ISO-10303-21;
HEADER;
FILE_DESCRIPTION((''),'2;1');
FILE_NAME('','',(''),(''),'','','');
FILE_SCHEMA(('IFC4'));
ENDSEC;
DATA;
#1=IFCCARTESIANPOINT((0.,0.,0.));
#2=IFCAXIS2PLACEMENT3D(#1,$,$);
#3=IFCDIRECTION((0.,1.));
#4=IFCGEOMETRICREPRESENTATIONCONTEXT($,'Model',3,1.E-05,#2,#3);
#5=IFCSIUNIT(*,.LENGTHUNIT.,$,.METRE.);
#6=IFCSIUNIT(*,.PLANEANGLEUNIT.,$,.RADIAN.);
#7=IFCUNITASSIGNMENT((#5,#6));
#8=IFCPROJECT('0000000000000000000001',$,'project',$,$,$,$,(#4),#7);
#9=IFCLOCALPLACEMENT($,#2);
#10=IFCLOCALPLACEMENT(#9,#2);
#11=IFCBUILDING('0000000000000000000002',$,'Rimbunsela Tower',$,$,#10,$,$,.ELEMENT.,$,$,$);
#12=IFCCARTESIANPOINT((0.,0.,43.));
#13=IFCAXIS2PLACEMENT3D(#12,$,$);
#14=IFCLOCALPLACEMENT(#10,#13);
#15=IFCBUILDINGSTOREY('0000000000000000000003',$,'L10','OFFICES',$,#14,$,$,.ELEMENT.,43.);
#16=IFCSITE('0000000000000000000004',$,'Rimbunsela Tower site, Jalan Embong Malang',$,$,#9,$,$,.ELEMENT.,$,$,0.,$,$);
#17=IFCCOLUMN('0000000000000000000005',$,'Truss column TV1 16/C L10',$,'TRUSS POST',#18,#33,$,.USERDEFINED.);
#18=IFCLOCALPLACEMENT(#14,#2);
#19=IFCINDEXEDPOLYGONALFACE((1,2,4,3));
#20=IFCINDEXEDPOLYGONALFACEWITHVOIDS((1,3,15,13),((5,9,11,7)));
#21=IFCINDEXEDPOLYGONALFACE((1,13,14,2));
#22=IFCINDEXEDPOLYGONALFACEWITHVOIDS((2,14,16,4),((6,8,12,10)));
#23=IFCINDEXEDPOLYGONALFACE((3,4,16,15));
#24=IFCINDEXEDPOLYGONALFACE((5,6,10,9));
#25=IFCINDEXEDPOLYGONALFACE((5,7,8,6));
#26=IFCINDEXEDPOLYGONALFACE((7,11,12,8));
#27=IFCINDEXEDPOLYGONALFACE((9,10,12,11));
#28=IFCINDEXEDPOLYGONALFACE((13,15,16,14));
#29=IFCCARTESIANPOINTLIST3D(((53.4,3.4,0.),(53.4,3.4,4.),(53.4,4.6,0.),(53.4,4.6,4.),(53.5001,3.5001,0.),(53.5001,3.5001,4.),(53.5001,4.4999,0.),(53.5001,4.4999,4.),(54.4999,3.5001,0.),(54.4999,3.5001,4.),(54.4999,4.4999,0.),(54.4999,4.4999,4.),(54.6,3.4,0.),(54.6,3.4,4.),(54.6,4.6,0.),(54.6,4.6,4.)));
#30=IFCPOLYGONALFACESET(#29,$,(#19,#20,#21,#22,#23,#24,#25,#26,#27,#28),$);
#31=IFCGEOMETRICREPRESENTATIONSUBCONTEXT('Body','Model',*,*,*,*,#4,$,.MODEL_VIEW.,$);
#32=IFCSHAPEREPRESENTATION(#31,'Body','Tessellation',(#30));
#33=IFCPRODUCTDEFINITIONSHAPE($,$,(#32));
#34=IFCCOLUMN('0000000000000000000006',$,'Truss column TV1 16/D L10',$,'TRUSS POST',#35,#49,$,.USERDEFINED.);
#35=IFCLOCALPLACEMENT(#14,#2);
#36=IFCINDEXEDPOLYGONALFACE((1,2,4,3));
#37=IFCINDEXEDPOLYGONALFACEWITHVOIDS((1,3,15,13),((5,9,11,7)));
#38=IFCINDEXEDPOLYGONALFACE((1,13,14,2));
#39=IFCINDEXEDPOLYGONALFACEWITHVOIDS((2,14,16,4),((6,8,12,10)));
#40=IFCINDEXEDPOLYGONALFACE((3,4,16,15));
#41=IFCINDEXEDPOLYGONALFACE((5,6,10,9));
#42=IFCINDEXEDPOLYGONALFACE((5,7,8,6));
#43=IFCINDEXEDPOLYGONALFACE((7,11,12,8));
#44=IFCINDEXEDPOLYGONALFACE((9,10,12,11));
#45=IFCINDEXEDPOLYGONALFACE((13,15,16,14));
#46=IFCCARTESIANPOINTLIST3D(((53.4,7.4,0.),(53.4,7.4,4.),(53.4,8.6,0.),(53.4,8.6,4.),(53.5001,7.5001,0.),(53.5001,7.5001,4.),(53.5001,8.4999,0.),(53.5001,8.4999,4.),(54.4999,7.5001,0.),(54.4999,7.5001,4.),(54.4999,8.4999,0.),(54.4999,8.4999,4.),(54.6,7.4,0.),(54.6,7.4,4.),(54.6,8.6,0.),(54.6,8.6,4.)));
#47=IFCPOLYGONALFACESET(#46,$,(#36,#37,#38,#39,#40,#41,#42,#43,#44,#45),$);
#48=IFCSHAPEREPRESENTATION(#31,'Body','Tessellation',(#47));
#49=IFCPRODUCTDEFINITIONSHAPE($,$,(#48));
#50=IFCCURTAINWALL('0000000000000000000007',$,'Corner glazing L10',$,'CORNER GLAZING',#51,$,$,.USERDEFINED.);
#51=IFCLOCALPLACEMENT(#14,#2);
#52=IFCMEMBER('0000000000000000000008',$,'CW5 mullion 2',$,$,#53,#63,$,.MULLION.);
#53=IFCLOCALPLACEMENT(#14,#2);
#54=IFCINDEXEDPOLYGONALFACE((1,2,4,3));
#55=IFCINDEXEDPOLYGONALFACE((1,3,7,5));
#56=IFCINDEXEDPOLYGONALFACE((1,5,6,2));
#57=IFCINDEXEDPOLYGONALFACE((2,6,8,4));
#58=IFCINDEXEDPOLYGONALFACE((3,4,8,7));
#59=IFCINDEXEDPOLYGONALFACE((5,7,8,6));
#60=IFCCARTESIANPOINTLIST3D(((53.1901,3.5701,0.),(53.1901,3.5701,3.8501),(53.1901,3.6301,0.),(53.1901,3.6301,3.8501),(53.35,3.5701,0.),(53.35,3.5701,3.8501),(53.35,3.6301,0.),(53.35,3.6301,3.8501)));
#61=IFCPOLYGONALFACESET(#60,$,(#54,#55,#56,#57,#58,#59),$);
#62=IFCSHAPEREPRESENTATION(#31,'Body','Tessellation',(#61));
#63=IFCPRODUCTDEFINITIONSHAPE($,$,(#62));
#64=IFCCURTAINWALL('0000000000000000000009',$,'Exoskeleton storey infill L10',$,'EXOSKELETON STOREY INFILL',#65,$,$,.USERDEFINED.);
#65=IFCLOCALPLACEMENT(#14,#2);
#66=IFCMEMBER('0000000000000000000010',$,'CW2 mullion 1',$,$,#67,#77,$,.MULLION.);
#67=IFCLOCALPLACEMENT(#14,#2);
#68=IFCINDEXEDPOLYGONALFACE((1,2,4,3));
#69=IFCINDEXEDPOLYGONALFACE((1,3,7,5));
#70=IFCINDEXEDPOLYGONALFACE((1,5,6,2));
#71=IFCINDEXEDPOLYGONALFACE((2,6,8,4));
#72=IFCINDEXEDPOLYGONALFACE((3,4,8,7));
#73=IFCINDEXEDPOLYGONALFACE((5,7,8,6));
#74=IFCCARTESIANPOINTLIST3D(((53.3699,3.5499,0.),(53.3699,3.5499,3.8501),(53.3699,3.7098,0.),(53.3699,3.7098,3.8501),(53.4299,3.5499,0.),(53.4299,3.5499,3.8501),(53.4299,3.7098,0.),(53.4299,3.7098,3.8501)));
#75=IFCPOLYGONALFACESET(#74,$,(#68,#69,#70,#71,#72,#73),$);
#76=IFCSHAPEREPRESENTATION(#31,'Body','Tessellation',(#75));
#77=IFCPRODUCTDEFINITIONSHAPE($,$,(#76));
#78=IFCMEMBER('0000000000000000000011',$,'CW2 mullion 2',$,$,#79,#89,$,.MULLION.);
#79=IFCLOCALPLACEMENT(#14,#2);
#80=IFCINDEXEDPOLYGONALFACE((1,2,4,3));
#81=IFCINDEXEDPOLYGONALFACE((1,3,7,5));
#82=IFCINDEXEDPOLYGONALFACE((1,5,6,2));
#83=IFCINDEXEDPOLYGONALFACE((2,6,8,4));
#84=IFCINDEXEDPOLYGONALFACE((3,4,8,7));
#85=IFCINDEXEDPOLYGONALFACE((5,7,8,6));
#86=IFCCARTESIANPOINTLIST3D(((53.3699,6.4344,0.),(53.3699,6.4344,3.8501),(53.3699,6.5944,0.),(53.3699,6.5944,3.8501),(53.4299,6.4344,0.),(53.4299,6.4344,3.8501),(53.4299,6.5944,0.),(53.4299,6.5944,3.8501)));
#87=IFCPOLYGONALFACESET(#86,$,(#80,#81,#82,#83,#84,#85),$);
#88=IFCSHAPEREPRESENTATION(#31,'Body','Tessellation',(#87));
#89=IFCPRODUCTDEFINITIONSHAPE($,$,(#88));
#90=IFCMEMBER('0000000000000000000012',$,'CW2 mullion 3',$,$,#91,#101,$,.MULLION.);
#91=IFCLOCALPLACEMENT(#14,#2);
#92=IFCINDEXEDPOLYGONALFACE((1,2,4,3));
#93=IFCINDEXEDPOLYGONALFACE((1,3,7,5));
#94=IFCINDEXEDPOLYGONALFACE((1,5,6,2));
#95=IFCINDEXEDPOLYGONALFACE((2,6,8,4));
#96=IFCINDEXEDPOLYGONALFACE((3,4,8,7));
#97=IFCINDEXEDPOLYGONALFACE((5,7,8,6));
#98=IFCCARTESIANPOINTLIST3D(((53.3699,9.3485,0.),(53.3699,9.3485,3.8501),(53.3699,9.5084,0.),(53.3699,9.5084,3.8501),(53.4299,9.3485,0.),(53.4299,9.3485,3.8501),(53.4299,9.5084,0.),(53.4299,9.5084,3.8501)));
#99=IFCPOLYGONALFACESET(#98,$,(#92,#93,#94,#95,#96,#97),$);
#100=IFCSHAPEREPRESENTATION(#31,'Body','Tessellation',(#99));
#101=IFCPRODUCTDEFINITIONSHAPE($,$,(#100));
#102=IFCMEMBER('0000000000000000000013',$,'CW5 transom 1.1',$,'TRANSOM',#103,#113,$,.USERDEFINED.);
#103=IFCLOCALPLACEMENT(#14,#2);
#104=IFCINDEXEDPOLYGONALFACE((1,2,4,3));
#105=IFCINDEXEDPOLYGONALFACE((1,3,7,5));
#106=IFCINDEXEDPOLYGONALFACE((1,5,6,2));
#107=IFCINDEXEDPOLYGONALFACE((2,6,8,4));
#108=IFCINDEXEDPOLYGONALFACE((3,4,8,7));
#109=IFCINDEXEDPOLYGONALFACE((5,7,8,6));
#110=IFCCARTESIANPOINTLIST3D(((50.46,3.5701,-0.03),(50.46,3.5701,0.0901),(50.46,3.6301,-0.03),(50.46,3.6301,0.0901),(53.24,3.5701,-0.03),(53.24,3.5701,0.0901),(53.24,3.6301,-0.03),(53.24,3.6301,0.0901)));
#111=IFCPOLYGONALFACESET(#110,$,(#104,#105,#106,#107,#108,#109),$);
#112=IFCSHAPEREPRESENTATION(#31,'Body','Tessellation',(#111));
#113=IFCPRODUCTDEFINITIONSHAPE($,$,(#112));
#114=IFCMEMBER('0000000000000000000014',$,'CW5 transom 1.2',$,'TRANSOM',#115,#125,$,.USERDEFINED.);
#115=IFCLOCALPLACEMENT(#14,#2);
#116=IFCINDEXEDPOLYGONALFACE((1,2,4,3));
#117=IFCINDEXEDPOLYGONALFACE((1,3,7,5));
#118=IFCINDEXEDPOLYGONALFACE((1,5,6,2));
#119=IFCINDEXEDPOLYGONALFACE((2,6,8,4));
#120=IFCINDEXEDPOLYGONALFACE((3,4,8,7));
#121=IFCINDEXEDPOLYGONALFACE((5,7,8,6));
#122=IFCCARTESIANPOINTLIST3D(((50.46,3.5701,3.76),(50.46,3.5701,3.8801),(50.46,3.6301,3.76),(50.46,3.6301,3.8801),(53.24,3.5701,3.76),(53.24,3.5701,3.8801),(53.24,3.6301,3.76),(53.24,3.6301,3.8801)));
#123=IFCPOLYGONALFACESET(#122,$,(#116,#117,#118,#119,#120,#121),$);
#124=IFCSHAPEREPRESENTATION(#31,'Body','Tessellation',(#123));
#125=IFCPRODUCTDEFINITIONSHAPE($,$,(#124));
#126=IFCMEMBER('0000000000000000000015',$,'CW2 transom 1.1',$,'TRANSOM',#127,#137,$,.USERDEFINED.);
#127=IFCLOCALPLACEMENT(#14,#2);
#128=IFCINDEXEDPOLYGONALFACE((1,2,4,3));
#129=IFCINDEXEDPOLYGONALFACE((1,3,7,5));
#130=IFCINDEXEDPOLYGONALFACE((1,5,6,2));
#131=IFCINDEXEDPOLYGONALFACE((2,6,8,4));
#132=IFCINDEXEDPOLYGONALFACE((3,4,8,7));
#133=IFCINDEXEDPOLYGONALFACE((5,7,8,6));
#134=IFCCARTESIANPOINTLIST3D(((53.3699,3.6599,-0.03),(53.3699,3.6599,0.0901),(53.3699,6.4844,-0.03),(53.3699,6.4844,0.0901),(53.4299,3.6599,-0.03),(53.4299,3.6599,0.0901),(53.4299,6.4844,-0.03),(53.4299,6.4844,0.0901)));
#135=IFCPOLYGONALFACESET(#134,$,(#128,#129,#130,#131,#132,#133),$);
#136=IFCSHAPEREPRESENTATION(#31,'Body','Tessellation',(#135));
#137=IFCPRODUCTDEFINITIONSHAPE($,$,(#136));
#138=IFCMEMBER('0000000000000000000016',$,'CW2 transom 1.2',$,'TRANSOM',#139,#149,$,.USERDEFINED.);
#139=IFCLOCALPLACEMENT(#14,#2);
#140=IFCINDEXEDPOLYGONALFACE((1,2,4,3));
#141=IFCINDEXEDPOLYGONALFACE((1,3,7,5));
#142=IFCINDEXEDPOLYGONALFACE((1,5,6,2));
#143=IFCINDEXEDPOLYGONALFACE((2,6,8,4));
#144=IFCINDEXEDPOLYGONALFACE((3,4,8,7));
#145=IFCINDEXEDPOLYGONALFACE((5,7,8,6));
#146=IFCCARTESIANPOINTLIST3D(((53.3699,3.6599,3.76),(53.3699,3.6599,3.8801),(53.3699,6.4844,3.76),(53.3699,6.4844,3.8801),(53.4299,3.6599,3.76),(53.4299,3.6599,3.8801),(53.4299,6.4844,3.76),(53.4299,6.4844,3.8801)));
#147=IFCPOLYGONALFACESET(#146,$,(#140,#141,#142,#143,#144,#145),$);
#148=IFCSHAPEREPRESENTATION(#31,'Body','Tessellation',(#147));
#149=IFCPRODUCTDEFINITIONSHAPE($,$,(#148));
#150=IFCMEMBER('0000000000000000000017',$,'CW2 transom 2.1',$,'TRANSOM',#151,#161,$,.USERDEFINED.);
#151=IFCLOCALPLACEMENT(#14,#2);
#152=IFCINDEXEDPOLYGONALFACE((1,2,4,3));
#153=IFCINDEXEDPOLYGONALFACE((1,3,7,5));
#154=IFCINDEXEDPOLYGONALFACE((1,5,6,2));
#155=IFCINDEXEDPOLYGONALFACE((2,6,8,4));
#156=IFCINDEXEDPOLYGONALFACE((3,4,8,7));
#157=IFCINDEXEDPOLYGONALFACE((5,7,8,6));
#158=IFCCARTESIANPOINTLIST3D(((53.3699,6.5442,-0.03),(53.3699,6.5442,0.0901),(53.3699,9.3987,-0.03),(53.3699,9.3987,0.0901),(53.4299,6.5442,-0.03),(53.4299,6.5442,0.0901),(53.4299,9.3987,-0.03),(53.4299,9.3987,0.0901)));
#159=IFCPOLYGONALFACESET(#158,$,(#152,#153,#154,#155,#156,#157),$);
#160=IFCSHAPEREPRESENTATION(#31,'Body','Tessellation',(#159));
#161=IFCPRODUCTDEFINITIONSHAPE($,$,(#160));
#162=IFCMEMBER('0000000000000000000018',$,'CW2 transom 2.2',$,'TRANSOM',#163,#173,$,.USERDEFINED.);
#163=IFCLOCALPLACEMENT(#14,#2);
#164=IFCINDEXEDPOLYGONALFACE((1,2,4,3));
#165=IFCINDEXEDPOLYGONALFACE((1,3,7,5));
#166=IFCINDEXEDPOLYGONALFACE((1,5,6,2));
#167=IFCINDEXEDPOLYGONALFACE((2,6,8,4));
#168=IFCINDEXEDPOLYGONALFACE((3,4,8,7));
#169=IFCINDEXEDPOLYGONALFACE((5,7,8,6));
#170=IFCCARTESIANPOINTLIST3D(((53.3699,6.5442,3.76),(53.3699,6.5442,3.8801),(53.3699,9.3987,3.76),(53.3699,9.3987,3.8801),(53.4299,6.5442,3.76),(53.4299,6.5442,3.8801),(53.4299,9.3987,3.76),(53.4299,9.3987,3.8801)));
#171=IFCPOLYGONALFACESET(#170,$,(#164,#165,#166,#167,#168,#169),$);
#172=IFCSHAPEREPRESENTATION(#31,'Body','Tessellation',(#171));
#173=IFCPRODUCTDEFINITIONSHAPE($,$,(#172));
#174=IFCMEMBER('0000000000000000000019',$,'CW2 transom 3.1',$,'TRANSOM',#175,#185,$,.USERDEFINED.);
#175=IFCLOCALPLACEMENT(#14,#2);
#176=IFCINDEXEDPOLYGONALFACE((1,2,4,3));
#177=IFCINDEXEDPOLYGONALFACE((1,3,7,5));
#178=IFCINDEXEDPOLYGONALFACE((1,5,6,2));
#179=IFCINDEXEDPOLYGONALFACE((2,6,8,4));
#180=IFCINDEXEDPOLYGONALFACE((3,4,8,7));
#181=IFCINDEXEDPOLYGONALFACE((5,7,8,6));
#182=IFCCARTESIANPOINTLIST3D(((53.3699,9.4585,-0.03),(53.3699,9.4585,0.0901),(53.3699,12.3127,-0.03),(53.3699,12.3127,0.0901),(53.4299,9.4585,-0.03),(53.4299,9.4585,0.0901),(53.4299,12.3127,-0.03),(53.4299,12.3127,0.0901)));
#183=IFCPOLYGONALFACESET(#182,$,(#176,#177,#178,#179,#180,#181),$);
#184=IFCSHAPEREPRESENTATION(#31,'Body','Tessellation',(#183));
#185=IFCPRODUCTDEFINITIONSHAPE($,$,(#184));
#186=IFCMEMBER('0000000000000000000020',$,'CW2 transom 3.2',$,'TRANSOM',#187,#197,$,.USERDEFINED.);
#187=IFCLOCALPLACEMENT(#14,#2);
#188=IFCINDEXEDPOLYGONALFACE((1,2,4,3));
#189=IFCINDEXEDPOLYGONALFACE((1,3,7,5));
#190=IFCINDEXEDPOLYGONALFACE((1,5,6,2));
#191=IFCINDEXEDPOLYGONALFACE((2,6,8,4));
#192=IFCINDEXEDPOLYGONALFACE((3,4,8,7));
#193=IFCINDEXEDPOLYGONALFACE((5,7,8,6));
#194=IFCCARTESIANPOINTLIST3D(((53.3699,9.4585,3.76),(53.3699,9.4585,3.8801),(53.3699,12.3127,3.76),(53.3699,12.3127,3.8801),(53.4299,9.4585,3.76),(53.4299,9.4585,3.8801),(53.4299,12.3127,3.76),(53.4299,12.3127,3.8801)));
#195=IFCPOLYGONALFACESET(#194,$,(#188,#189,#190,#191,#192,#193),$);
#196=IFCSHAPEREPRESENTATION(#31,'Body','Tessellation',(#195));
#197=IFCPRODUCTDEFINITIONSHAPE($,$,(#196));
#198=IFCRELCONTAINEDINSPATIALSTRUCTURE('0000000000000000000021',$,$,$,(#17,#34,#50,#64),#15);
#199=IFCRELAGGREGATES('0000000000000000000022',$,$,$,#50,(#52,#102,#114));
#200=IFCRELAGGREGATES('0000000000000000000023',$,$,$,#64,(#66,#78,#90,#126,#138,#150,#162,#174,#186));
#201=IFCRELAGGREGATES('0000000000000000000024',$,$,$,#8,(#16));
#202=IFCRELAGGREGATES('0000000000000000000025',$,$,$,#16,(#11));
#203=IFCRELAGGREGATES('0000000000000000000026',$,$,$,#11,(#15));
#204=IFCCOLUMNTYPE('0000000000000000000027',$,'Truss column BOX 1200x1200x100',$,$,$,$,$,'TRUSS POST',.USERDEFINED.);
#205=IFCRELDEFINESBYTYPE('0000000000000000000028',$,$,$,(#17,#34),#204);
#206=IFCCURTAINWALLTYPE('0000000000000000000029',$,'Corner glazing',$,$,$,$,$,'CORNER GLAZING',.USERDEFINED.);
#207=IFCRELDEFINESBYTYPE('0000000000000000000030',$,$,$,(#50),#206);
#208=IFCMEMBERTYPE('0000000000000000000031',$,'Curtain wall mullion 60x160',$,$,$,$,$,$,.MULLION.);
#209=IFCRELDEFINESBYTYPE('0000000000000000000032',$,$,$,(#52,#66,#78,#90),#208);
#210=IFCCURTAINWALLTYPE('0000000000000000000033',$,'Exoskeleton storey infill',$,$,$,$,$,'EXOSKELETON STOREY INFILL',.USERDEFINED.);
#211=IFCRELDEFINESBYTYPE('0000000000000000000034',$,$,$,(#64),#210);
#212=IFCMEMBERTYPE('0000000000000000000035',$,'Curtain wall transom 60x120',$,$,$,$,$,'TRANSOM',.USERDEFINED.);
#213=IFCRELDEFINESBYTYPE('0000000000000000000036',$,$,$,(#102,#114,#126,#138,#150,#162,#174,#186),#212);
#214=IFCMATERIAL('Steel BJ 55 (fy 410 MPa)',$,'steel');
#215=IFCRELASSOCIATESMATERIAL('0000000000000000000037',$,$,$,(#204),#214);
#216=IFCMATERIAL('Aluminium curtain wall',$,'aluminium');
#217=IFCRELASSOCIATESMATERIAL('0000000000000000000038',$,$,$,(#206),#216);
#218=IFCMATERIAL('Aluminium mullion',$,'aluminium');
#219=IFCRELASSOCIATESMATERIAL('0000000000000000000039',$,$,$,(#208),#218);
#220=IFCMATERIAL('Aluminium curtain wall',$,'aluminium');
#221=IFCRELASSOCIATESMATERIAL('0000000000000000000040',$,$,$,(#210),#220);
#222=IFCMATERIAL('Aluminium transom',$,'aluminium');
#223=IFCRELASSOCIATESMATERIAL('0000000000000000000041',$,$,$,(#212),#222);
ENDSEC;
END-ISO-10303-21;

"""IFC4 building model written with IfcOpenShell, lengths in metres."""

from ifc_helpers import new_model, si_unit, direction, frame, origin, origin_2d, place, context, subcontext, project, spatial, rectangle, hollow_rectangle, extrude, material, material_profile, profile_set, type_object, element, aggregate, save


model = new_model("IFC4")

# Units and contexts
model_context = context("Model", 3, precision=1e-05, world=origin(), true_north=direction((0.0, 1.0)))
body_context = subcontext(model_context, "Body", "Model", "MODEL_VIEW")
ifc_project = project(units=[si_unit("LENGTHUNIT", "METRE"), si_unit("PLANEANGLEUNIT", "RADIAN")], contexts=[model_context])

# Site, building, storey
site_placement = place(None, origin())
site = spatial("IfcSite", under=ifc_project, at=site_placement, Name="Rimbunsela Tower site, Jalan Embong Malang", CompositionType="ELEMENT", RefElevation=0.0)
building_placement = place(site_placement, origin())
building = spatial("IfcBuilding", under=site, at=building_placement, Name="Rimbunsela Tower", CompositionType="ELEMENT")
storey_placement = place(building_placement, frame((0.0, 0.0, 43.0)))
storey = spatial("IfcBuildingStorey", under=building, at=storey_placement, Name="L10", Description="OFFICES", CompositionType="ELEMENT", Elevation=43.0)

# Columns
ifc_material_1 = material(Name="Steel BJ 55 (fy 410 MPa)", Category="steel")
ifc_material_profile_1 = material_profile(ifc_material_1, hollow_rectangle(XDim=1.2, YDim=1.2, WallThickness=0.1001, at=origin_2d()), Name="BOX 1200x1200x100")
ifc_profile_set_1 = profile_set([ifc_material_profile_1], Name="Steel BJ 55 (fy 410 MPa)")
column_type = type_object("IfcColumnType", Name="Truss column BOX 1200x1200x100", ElementType="TRUSS POST", PredefinedType="USERDEFINED", material=ifc_profile_set_1)
for number, where, z_axis, x_axis, name in (
    (1, (54.0, 4.0, 0.0), (0.0, 0.0, 1.0), (1.0, 0.0, 0.0), "Truss column TV1 16/C L10"),
    (2, (54.0, 8.0, 0.0), (0.0, 0.0, 1.0), (1.0, 0.0, 0.0), "Truss column TV1 16/D L10"),
):
    element("IfcColumn", number, at=place(storey_placement, frame(where, z_axis=z_axis, x_axis=x_axis)), inside=storey, type_object=column_type, Name=name, ObjectType="TRUSS POST", PredefinedType="USERDEFINED", context=body_context, shape_type="SweptSolid", body=[
        extrude(hollow_rectangle(XDim=1.2, YDim=1.2, WallThickness=0.1001, at=origin_2d()), origin(), (0.0, 0.0, 1.0), 4.0),
    ])

# Curtain wall, member
ifc_material_2 = material(Name="Aluminium curtain wall", Category="aluminium")
curtain_wall_type_1 = type_object("IfcCurtainWallType", Name="Corner glazing", ElementType="CORNER GLAZING", PredefinedType="USERDEFINED", material=ifc_material_2)
curtain_wall_1_placement = place(storey_placement, origin())
curtain_wall_1 = element("IfcCurtainWall", 3, at=curtain_wall_1_placement, inside=storey, type_object=curtain_wall_type_1, Name="Corner glazing L10", ObjectType="CORNER GLAZING", PredefinedType="USERDEFINED")
ifc_material_3 = material(Name="Aluminium mullion", Category="aluminium")
ifc_material_profile_2 = material_profile(ifc_material_3, rectangle(XDim=0.0601, YDim=0.1599, at=origin_2d()), Name="Mullion 60x160")
ifc_profile_set_2 = profile_set([ifc_material_profile_2], Name="Aluminium mullion")
member_type_1 = type_object("IfcMemberType", Name="Curtain wall mullion 60x160", PredefinedType="MULLION", material=ifc_profile_set_2)
member_1_placement = place(storey_placement, frame((53.27, 3.6001, 0.0), z_axis=(0.0, 0.0, 1.0), x_axis=(0.0, 1.0, 0.0)))
member_1 = element("IfcMember", 4, at=member_1_placement, type_object=member_type_1, Name="CW5 mullion 2", PredefinedType="MULLION", context=body_context, shape_type="SweptSolid", body=[
    extrude(rectangle(XDim=0.0601, YDim=0.1599, at=origin_2d()), origin(), (0.0, 0.0, 1.0), 3.8501),
])

# Curtain wall, members
ifc_material_4 = material(Name="Aluminium curtain wall", Category="aluminium")
curtain_wall_type_2 = type_object("IfcCurtainWallType", Name="Exoskeleton storey infill", ElementType="EXOSKELETON STOREY INFILL", PredefinedType="USERDEFINED", material=ifc_material_4)
curtain_wall_2_placement = place(storey_placement, origin())
curtain_wall_2 = element("IfcCurtainWall", 5, at=curtain_wall_2_placement, inside=storey, type_object=curtain_wall_type_2, Name="Exoskeleton storey infill L10", ObjectType="EXOSKELETON STOREY INFILL", PredefinedType="USERDEFINED")
member_2_placement = place(storey_placement, frame((53.3999, 3.6299, 0.0), z_axis=(0.0, 0.0, 1.0), x_axis=(-1.0, 0.0, 0.0)))
member_2 = element("IfcMember", 6, at=member_2_placement, type_object=member_type_1, Name="CW2 mullion 1", PredefinedType="MULLION", context=body_context, shape_type="SweptSolid", body=[
    extrude(rectangle(XDim=0.0601, YDim=0.1599, at=origin_2d()), origin(), (0.0, 0.0, 1.0), 3.8501),
])
member_3_placement = place(storey_placement, frame((53.3999, 6.5144, 0.0), z_axis=(0.0, 0.0, 1.0), x_axis=(-1.0, 0.0, 0.0)))
member_3 = element("IfcMember", 7, at=member_3_placement, type_object=member_type_1, Name="CW2 mullion 2", PredefinedType="MULLION", context=body_context, shape_type="SweptSolid", body=[
    extrude(rectangle(XDim=0.0601, YDim=0.1599, at=origin_2d()), origin(), (0.0, 0.0, 1.0), 3.8501),
])
member_4_placement = place(storey_placement, frame((53.3999, 9.4285, 0.0), z_axis=(0.0, 0.0, 1.0), x_axis=(-1.0, 0.0, 0.0)))
member_4 = element("IfcMember", 8, at=member_4_placement, type_object=member_type_1, Name="CW2 mullion 3", PredefinedType="MULLION", context=body_context, shape_type="SweptSolid", body=[
    extrude(rectangle(XDim=0.0601, YDim=0.1599, at=origin_2d()), origin(), (0.0, 0.0, 1.0), 3.8501),
])

# Members
ifc_material_5 = material(Name="Aluminium transom", Category="aluminium")
ifc_material_profile_3 = material_profile(ifc_material_5, rectangle(XDim=0.0601, YDim=0.1201, at=origin_2d()), Name="Transom 60x120")
ifc_profile_set_3 = profile_set([ifc_material_profile_3], Name="Aluminium transom")
member_type_2 = type_object("IfcMemberType", Name="Curtain wall transom 60x120", ElementType="TRANSOM", PredefinedType="USERDEFINED", material=ifc_profile_set_3)
member_5_placement = place(storey_placement, frame((50.46, 3.6001, 0.03), z_axis=(1.0, 0.0, 0.0), x_axis=(0.0, 1.0, 0.0)))
member_5 = element("IfcMember", 9, at=member_5_placement, type_object=member_type_2, Name="CW5 transom 1.1", ObjectType="TRANSOM", PredefinedType="USERDEFINED", context=body_context, shape_type="SweptSolid", body=[
    extrude(rectangle(XDim=0.0601, YDim=0.1201, at=origin_2d()), origin(), (0.0, 0.0, 1.0), 2.78),
])
member_6_placement = place(storey_placement, frame((50.46, 3.6001, 3.8201), z_axis=(1.0, 0.0, 0.0), x_axis=(0.0, 1.0, 0.0)))
member_6 = element("IfcMember", 10, at=member_6_placement, type_object=member_type_2, Name="CW5 transom 1.2", ObjectType="TRANSOM", PredefinedType="USERDEFINED", context=body_context, shape_type="SweptSolid", body=[
    extrude(rectangle(XDim=0.0601, YDim=0.1201, at=origin_2d()), origin(), (0.0, 0.0, 1.0), 2.78),
])
member_7_placement = place(storey_placement, frame((53.3999, 3.6599, 0.03), z_axis=(0.0, 1.0, 0.0), x_axis=(-1.0, 0.0, 0.0)))
member_7 = element("IfcMember", 11, at=member_7_placement, type_object=member_type_2, Name="CW2 transom 1.1", ObjectType="TRANSOM", PredefinedType="USERDEFINED", context=body_context, shape_type="SweptSolid", body=[
    extrude(rectangle(XDim=0.0601, YDim=0.1201, at=origin_2d()), origin(), (0.0, 0.0, 1.0), 2.8245),
])
member_8_placement = place(storey_placement, frame((53.3999, 3.6599, 3.8201), z_axis=(0.0, 1.0, 0.0), x_axis=(-1.0, 0.0, 0.0)))
member_8 = element("IfcMember", 12, at=member_8_placement, type_object=member_type_2, Name="CW2 transom 1.2", ObjectType="TRANSOM", PredefinedType="USERDEFINED", context=body_context, shape_type="SweptSolid", body=[
    extrude(rectangle(XDim=0.0601, YDim=0.1201, at=origin_2d()), origin(), (0.0, 0.0, 1.0), 2.8245),
])
member_9_placement = place(storey_placement, frame((53.3999, 6.5442, 0.03), z_axis=(0.0, 1.0, 0.0), x_axis=(-1.0, 0.0, 0.0)))
member_9 = element("IfcMember", 13, at=member_9_placement, type_object=member_type_2, Name="CW2 transom 2.1", ObjectType="TRANSOM", PredefinedType="USERDEFINED", context=body_context, shape_type="SweptSolid", body=[
    extrude(rectangle(XDim=0.0601, YDim=0.1201, at=origin_2d()), origin(), (0.0, 0.0, 1.0), 2.8545),
])
member_10_placement = place(storey_placement, frame((53.3999, 6.5442, 3.8201), z_axis=(0.0, 1.0, 0.0), x_axis=(-1.0, 0.0, 0.0)))
member_10 = element("IfcMember", 14, at=member_10_placement, type_object=member_type_2, Name="CW2 transom 2.2", ObjectType="TRANSOM", PredefinedType="USERDEFINED", context=body_context, shape_type="SweptSolid", body=[
    extrude(rectangle(XDim=0.0601, YDim=0.1201, at=origin_2d()), origin(), (0.0, 0.0, 1.0), 2.8545),
])
member_11_placement = place(storey_placement, frame((53.3999, 9.4585, 0.03), z_axis=(0.0, 1.0, 0.0), x_axis=(-1.0, 0.0, 0.0)))
member_11 = element("IfcMember", 15, at=member_11_placement, type_object=member_type_2, Name="CW2 transom 3.1", ObjectType="TRANSOM", PredefinedType="USERDEFINED", context=body_context, shape_type="SweptSolid", body=[
    extrude(rectangle(XDim=0.0601, YDim=0.1201, at=origin_2d()), origin(), (0.0, 0.0, 1.0), 2.8542),
])
member_12_placement = place(storey_placement, frame((53.3999, 9.4585, 3.8201), z_axis=(0.0, 1.0, 0.0), x_axis=(-1.0, 0.0, 0.0)))
member_12 = element("IfcMember", 16, at=member_12_placement, type_object=member_type_2, Name="CW2 transom 3.2", ObjectType="TRANSOM", PredefinedType="USERDEFINED", context=body_context, shape_type="SweptSolid", body=[
    extrude(rectangle(XDim=0.0601, YDim=0.1201, at=origin_2d()), origin(), (0.0, 0.0, 1.0), 2.8542),
])

aggregate(curtain_wall_1, [member_1, member_5, member_6])
aggregate(curtain_wall_2, [member_2, member_3, member_4, member_7, member_8, member_9, member_10, member_11, member_12])

save(model, "model.ifc")
